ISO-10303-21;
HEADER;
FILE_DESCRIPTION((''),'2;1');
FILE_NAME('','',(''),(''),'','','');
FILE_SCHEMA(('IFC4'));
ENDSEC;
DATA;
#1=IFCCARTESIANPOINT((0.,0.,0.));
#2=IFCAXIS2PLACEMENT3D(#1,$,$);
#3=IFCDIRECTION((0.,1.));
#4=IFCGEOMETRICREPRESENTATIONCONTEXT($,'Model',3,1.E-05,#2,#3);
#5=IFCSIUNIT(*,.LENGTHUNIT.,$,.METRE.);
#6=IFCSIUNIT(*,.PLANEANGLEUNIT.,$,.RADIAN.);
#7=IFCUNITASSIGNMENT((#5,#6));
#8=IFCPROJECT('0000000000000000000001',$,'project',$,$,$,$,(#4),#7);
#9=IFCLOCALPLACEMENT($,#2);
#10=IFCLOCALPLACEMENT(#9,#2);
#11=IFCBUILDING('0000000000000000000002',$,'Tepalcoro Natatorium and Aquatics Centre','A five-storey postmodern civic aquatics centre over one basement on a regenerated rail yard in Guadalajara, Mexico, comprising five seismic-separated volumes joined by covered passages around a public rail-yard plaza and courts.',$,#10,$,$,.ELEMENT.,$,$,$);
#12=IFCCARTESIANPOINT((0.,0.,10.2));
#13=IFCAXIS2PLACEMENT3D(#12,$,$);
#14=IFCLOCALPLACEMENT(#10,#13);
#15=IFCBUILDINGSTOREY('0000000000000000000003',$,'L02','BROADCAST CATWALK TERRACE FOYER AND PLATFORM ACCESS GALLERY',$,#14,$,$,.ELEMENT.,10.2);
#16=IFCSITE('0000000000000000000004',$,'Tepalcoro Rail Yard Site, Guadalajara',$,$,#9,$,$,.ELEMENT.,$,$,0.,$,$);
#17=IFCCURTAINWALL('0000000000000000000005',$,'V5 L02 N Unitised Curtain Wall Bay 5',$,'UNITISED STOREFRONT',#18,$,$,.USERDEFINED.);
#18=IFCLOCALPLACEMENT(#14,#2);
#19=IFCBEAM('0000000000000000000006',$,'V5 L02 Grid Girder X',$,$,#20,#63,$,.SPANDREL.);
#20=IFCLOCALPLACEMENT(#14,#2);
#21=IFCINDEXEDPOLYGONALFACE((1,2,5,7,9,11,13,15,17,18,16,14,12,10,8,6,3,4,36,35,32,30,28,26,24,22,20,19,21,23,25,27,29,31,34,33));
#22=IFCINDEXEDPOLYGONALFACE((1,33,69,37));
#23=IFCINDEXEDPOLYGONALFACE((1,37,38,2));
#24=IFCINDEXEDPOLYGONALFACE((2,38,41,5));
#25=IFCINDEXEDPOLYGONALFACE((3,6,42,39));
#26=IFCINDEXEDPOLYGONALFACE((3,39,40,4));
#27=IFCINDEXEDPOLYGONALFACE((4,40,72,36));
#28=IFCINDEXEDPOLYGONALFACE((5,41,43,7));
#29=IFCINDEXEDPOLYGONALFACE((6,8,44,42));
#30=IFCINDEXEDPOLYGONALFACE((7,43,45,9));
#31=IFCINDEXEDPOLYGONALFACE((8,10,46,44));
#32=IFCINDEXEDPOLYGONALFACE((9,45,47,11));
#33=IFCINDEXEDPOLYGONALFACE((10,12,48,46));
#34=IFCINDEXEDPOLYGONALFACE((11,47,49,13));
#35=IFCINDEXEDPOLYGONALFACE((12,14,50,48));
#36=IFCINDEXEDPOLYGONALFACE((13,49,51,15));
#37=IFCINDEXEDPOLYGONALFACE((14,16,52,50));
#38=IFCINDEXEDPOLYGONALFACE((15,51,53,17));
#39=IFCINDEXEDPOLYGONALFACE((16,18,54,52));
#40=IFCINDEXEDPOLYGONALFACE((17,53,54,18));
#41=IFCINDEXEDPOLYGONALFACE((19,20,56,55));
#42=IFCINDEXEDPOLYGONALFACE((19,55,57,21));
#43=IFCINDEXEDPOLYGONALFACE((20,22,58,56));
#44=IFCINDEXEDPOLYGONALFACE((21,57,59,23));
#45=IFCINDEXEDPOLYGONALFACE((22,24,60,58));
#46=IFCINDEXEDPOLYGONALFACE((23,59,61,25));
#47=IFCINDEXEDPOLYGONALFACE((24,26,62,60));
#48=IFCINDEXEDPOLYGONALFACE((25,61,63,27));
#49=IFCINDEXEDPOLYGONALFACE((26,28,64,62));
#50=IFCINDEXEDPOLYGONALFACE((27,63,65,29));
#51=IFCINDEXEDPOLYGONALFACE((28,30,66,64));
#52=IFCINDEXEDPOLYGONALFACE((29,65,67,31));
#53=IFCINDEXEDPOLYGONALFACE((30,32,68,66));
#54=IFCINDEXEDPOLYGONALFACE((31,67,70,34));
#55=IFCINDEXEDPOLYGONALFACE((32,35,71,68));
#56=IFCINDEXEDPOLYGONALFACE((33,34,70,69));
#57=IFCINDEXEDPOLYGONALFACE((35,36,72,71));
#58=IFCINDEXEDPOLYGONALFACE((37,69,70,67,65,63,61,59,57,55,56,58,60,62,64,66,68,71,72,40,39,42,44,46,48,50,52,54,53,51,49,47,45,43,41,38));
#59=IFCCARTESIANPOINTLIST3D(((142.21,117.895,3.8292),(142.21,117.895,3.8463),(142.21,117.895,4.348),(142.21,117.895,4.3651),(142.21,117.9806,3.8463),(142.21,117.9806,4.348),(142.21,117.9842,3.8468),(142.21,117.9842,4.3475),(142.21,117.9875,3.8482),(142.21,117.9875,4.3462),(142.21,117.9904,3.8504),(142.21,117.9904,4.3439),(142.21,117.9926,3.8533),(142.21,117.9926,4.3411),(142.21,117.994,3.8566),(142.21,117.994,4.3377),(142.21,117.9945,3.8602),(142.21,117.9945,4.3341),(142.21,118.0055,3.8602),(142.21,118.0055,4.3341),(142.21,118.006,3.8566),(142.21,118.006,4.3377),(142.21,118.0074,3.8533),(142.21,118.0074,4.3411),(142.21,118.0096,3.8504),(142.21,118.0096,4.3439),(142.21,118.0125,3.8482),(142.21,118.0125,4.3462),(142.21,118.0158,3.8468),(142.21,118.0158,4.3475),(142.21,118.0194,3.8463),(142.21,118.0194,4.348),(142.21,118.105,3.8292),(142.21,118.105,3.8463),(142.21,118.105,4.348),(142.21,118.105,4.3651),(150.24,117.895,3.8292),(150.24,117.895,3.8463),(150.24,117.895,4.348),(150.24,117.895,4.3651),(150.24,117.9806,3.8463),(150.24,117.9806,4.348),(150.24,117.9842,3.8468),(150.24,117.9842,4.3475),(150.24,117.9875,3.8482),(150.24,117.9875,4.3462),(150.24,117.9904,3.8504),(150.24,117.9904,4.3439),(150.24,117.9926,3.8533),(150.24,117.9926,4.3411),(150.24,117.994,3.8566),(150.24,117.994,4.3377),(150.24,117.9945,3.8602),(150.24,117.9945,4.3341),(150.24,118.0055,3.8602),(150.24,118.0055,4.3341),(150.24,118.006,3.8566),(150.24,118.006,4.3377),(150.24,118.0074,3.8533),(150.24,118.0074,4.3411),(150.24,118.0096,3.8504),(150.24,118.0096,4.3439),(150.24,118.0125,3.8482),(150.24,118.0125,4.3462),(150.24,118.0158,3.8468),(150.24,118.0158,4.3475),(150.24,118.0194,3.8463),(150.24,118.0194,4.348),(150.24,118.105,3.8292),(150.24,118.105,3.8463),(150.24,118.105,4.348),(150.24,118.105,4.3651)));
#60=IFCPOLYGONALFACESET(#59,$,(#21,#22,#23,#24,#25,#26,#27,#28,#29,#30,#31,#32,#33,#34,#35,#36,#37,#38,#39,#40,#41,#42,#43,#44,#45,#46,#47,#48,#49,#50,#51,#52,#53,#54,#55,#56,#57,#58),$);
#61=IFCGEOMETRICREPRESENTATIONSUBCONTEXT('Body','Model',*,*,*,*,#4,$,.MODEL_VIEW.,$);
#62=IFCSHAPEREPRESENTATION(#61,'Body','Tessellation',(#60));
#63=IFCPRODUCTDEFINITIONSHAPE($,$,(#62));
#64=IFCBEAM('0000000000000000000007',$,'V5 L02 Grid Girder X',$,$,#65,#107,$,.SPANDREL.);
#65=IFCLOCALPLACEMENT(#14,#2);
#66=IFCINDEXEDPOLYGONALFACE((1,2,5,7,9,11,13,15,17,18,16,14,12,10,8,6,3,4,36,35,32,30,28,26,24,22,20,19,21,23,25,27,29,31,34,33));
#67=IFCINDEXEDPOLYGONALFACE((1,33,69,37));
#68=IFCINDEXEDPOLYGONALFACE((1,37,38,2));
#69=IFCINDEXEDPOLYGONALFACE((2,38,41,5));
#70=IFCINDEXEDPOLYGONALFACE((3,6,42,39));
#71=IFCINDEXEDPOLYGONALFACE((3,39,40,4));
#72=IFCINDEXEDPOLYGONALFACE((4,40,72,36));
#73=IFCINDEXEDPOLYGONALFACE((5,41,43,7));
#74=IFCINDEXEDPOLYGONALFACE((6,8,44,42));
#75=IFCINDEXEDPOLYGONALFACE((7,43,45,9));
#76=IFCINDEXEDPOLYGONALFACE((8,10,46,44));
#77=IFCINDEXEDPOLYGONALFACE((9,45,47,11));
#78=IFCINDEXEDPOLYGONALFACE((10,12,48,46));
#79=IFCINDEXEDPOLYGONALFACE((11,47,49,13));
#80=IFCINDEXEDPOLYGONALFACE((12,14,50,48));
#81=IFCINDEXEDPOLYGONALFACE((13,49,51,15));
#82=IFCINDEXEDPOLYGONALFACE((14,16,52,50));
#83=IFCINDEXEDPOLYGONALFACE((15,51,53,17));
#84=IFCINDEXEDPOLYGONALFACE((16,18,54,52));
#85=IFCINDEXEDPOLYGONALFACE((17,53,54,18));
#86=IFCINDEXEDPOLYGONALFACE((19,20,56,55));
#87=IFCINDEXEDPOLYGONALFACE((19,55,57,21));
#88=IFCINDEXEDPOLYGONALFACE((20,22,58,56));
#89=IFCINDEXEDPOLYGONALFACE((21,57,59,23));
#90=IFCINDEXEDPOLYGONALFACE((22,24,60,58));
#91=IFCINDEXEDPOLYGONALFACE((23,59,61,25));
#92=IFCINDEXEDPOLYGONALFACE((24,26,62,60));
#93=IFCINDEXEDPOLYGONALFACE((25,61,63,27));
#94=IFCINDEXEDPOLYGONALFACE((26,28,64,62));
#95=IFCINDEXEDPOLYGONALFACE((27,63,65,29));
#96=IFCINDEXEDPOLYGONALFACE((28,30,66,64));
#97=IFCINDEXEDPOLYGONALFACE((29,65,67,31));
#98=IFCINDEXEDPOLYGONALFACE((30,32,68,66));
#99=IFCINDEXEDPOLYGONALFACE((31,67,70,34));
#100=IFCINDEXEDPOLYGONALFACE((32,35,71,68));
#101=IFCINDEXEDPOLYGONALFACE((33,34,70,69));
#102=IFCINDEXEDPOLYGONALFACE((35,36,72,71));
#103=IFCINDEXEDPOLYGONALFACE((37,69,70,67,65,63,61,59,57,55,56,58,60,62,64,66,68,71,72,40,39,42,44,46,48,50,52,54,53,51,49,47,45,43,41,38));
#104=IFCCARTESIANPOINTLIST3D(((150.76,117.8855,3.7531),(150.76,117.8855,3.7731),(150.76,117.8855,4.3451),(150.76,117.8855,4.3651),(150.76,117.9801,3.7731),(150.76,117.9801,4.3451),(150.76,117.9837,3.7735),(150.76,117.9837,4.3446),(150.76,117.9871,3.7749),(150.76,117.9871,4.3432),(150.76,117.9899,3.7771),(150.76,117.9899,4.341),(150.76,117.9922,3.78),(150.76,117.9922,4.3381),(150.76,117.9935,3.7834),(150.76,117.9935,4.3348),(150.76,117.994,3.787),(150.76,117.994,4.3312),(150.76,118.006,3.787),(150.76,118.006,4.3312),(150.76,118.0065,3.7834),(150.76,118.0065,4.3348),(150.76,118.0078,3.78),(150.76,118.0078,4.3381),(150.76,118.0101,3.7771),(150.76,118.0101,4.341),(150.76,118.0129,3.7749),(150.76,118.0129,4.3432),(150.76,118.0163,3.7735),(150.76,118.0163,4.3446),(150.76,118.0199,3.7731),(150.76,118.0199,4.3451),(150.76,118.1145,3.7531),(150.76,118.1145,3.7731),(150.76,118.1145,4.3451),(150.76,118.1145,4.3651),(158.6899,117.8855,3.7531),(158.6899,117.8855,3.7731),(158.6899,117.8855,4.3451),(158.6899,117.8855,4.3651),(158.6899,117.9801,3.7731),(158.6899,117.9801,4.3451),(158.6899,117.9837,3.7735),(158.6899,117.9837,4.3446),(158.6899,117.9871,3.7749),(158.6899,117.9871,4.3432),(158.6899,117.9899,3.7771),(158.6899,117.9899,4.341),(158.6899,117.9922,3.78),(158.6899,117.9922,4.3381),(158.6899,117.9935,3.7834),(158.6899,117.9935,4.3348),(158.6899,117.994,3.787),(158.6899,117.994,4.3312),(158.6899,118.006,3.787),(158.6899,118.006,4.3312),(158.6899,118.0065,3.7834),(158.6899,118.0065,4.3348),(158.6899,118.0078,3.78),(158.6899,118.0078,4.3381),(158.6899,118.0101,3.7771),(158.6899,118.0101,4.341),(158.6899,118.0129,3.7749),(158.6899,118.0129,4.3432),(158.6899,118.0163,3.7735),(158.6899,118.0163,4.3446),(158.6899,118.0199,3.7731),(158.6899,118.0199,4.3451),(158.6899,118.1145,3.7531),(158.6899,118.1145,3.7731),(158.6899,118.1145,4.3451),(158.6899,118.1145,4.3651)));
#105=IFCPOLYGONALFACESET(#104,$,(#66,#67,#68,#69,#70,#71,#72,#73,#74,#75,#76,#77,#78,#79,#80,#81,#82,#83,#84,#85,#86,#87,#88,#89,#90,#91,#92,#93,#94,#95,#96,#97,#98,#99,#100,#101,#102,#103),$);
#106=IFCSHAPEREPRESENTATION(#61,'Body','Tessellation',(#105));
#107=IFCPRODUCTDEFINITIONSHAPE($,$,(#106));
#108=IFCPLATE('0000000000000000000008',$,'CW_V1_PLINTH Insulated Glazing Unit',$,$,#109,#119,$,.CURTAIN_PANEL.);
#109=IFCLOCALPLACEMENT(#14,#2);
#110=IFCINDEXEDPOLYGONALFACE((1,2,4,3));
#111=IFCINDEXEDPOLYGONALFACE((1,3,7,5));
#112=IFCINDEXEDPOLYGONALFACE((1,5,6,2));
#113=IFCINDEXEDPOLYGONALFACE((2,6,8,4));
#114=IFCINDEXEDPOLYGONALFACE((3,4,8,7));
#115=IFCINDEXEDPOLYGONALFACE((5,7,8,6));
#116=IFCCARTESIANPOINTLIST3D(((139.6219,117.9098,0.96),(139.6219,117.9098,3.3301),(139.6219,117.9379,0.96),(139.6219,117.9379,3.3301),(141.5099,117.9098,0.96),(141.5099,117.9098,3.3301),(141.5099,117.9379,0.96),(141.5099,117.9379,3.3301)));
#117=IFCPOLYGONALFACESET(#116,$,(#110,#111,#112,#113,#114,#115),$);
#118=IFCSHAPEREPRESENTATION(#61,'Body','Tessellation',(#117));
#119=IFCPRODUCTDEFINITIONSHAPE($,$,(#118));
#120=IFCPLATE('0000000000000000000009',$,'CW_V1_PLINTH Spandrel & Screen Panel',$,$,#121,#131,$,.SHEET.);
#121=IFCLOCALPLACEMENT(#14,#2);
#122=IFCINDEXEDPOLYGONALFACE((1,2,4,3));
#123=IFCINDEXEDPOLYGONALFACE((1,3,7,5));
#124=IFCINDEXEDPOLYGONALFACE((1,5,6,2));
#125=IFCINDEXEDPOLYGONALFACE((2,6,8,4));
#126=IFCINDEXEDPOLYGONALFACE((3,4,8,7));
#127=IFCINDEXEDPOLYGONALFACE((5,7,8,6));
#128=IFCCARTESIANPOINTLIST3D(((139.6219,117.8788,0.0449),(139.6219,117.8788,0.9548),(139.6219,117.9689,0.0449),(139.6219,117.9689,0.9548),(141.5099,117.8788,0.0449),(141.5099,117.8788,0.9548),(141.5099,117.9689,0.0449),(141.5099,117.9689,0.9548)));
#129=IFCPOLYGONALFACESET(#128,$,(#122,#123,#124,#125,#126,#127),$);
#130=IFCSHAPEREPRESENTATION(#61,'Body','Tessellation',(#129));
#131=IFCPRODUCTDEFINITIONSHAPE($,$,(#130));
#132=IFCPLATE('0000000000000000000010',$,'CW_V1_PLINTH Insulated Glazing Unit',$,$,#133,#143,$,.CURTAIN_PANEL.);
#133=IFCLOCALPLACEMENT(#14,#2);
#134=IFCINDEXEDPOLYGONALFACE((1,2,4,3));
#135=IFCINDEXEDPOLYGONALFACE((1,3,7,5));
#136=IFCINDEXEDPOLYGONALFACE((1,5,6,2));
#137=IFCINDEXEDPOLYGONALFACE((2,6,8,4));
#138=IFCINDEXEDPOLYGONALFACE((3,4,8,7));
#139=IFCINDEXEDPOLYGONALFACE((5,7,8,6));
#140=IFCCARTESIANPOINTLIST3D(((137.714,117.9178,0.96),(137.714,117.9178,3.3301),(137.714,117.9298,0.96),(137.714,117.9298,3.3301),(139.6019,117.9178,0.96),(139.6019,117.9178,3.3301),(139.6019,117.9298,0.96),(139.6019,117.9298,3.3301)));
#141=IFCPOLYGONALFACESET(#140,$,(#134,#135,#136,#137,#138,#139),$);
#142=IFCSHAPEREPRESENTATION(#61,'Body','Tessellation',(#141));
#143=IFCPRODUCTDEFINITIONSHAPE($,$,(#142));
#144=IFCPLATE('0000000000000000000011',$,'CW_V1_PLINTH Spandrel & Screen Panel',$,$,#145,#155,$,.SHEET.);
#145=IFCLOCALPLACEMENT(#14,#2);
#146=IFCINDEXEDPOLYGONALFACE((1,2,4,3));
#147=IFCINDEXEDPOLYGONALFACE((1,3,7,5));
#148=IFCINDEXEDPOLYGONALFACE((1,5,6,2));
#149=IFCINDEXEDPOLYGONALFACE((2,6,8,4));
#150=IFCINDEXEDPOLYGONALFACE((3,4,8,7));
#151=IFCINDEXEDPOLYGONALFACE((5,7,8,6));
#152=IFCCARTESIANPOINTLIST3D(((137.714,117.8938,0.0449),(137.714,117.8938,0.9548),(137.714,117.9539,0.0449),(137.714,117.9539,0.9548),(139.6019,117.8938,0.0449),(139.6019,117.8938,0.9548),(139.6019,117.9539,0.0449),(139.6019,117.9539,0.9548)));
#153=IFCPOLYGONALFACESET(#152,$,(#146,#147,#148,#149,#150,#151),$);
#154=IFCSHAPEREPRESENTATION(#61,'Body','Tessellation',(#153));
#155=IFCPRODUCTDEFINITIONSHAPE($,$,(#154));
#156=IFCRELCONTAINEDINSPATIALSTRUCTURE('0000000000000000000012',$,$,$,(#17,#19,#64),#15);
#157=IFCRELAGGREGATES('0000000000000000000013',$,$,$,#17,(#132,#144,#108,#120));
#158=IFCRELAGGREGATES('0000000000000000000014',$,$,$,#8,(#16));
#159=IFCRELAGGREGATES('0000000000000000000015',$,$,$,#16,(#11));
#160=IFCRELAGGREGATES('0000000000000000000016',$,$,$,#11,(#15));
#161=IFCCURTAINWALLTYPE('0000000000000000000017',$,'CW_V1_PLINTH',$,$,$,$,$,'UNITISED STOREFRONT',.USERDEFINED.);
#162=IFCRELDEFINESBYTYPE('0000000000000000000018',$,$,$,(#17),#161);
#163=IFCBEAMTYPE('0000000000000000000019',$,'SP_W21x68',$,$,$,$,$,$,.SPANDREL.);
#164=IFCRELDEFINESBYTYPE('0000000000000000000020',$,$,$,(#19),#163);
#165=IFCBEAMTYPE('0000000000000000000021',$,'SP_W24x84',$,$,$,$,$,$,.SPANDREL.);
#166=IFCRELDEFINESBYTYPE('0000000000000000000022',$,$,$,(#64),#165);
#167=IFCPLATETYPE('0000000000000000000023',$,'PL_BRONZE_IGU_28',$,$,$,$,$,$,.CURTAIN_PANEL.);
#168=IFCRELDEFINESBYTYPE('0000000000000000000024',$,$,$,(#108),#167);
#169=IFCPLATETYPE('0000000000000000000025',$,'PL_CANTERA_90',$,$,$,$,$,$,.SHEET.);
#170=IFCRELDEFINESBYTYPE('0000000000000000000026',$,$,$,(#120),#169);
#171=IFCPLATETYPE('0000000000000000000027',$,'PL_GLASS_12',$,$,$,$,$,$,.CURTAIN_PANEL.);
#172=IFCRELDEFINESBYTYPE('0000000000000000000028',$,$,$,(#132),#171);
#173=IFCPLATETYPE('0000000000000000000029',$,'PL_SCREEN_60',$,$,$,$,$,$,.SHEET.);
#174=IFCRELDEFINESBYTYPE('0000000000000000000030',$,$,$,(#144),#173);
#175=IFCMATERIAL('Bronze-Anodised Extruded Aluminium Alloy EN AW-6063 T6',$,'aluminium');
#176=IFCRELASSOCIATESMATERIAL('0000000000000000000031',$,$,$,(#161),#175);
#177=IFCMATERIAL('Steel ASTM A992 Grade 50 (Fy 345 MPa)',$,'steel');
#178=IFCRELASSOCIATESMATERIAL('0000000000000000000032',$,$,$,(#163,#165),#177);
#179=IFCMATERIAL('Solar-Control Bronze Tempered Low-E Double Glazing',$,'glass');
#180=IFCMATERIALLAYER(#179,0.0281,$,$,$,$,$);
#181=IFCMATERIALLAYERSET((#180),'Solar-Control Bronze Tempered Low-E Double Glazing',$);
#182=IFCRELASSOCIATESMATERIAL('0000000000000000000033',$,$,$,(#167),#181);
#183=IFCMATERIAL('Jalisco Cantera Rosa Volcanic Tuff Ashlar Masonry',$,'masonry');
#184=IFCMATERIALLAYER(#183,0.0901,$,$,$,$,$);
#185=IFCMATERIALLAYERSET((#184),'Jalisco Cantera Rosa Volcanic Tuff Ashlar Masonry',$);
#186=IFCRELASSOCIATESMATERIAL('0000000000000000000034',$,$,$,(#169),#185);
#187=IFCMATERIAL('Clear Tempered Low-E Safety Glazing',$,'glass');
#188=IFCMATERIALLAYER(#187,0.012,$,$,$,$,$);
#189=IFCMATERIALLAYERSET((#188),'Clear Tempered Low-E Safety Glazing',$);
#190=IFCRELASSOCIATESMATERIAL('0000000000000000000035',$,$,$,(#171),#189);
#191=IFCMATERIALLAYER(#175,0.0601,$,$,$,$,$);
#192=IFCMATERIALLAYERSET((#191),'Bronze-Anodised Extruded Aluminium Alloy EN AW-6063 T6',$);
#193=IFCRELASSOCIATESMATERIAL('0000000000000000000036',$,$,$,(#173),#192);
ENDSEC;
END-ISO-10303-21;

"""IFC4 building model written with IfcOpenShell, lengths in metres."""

from ifc_helpers import new_model, si_unit, direction, frame, origin, origin_2d, place, context, subcontext, project, spatial, rectangle, i_section, extrude, material, layer, layer_set, material_profile, profile_set, type_object, element, aggregate, save


model = new_model("IFC4")

# Units and contexts
model_context = context("Model", 3, precision=1e-05, world=origin(), true_north=direction((0.0, 1.0)))
body_context = subcontext(model_context, "Body", "Model", "MODEL_VIEW")
ifc_project = project(units=[si_unit("LENGTHUNIT", "METRE"), si_unit("PLANEANGLEUNIT", "RADIAN")], contexts=[model_context])

# Site, building, storey
site_placement = place(None, origin())
site = spatial("IfcSite", under=ifc_project, at=site_placement, Name="Tepalcoro Rail Yard Site, Guadalajara", CompositionType="ELEMENT", RefElevation=0.0)
building_placement = place(site_placement, origin())
building = spatial("IfcBuilding", under=site, at=building_placement, Name="Tepalcoro Natatorium and Aquatics Centre", Description="A five-storey postmodern civic aquatics centre over one basement on a regenerated rail yard in Guadalajara, Mexico, comprising five seismic-separated volumes joined by covered passages around a public rail-yard plaza and courts.", CompositionType="ELEMENT")
storey_placement = place(building_placement, frame((0.0, 0.0, 10.2)))
storey = spatial("IfcBuildingStorey", under=building, at=storey_placement, Name="L02", Description="BROADCAST CATWALK TERRACE FOYER AND PLATFORM ACCESS GALLERY", CompositionType="ELEMENT", Elevation=10.2)

# Shared definitions
ifc_material_1 = material(Name="Steel ASTM A992 Grade 50 (Fy 345 MPa)", Category="steel")

# Curtain wall
ifc_material_2 = material(Name="Bronze-Anodised Extruded Aluminium Alloy EN AW-6063 T6", Category="aluminium")
curtain_wall_type = type_object("IfcCurtainWallType", Name="CW_V1_PLINTH", ElementType="UNITISED STOREFRONT", PredefinedType="USERDEFINED", material=ifc_material_2)
curtain_wall_placement = place(storey_placement, origin())
curtain_wall = element("IfcCurtainWall", 1, at=curtain_wall_placement, inside=storey, type_object=curtain_wall_type, Name="V5 L02 N Unitised Curtain Wall Bay 5", ObjectType="UNITISED STOREFRONT", PredefinedType="USERDEFINED")

# Beams
ifc_material_profile_1 = material_profile(ifc_material_1, i_section(OverallWidth=0.21, OverallDepth=0.5359, WebThickness=0.011, FlangeThickness=0.0171, FilletRadius=0.0139, at=origin_2d()), Name="W21X68")
ifc_profile_set_1 = profile_set([ifc_material_profile_1], Name="Steel ASTM A992 Grade 50 (Fy 345 MPa)")
beam_type_1 = type_object("IfcBeamType", Name="SP_W21x68", PredefinedType="SPANDREL", material=ifc_profile_set_1)
beam_1_placement = place(storey_placement, frame((142.21, 118.0, 4.0972), z_axis=(1.0, 0.0, 0.0), x_axis=(0.0, 1.0, 0.0)))
element("IfcBeam", 2, at=beam_1_placement, inside=storey, type_object=beam_type_1, Name="V5 L02 Grid Girder X", PredefinedType="SPANDREL", context=body_context, shape_type="SweptSolid", body=[
    extrude(i_section(OverallWidth=0.21, OverallDepth=0.5359, WebThickness=0.011, FlangeThickness=0.0171, FilletRadius=0.0139, at=origin_2d()), origin(), (0.0, 0.0, 1.0), 8.03),
])
ifc_material_profile_2 = material_profile(ifc_material_1, i_section(OverallWidth=0.229, OverallDepth=0.6121, WebThickness=0.012, FlangeThickness=0.02, FilletRadius=0.0139, at=origin_2d()), Name="W24X84")
ifc_profile_set_2 = profile_set([ifc_material_profile_2], Name="Steel ASTM A992 Grade 50 (Fy 345 MPa)")
beam_type_2 = type_object("IfcBeamType", Name="SP_W24x84", PredefinedType="SPANDREL", material=ifc_profile_set_2)
beam_2_placement = place(storey_placement, frame((150.76, 118.0, 4.0591), z_axis=(1.0, 0.0, 0.0), x_axis=(0.0, 1.0, 0.0)))
element("IfcBeam", 3, at=beam_2_placement, inside=storey, type_object=beam_type_2, Name="V5 L02 Grid Girder X", PredefinedType="SPANDREL", context=body_context, shape_type="SweptSolid", body=[
    extrude(i_section(OverallWidth=0.229, OverallDepth=0.6121, WebThickness=0.012, FlangeThickness=0.02, FilletRadius=0.0139, at=origin_2d()), origin(), (0.0, 0.0, 1.0), 7.9299),
])

# Plates
ifc_material_3 = material(Name="Solar-Control Bronze Tempered Low-E Double Glazing", Category="glass")
ifc_layer_1 = layer(ifc_material_3, 0.0281)
ifc_layer_set_1 = layer_set([ifc_layer_1], Name="Solar-Control Bronze Tempered Low-E Double Glazing")
plate_type_1 = type_object("IfcPlateType", Name="PL_BRONZE_IGU_28", PredefinedType="CURTAIN_PANEL", material=ifc_layer_set_1)
plate_1_placement = place(storey_placement, frame((140.5659, 117.9238, 0.96), z_axis=(0.0, 0.0, 1.0), x_axis=(1.0, 0.0, 0.0)))
plate_1 = element("IfcPlate", 4, at=plate_1_placement, type_object=plate_type_1, Name="CW_V1_PLINTH Insulated Glazing Unit", PredefinedType="CURTAIN_PANEL", context=body_context, shape_type="SweptSolid", body=[
    extrude(rectangle(XDim=1.8879, YDim=0.0281, at=origin_2d()), origin(), (0.0, 0.0, 1.0), 2.3701),
])
ifc_material_4 = material(Name="Jalisco Cantera Rosa Volcanic Tuff Ashlar Masonry", Category="masonry")
ifc_layer_2 = layer(ifc_material_4, 0.0901)
ifc_layer_set_2 = layer_set([ifc_layer_2], Name="Jalisco Cantera Rosa Volcanic Tuff Ashlar Masonry")
plate_type_2 = type_object("IfcPlateType", Name="PL_CANTERA_90", PredefinedType="SHEET", material=ifc_layer_set_2)
plate_2_placement = place(storey_placement, frame((140.5659, 117.9238, 0.0449), z_axis=(0.0, 0.0, 1.0), x_axis=(1.0, 0.0, 0.0)))
plate_2 = element("IfcPlate", 5, at=plate_2_placement, type_object=plate_type_2, Name="CW_V1_PLINTH Spandrel & Screen Panel", PredefinedType="SHEET", context=body_context, shape_type="SweptSolid", body=[
    extrude(rectangle(XDim=1.8879, YDim=0.0901, at=origin_2d()), origin(), (0.0, 0.0, 1.0), 0.9099),
])
ifc_material_5 = material(Name="Clear Tempered Low-E Safety Glazing", Category="glass")
ifc_layer_3 = layer(ifc_material_5, 0.012)
ifc_layer_set_3 = layer_set([ifc_layer_3], Name="Clear Tempered Low-E Safety Glazing")
plate_type_3 = type_object("IfcPlateType", Name="PL_GLASS_12", PredefinedType="CURTAIN_PANEL", material=ifc_layer_set_3)
plate_3_placement = place(storey_placement, frame((138.658, 117.9238, 0.96), z_axis=(0.0, 0.0, 1.0), x_axis=(1.0, 0.0, 0.0)))
plate_3 = element("IfcPlate", 6, at=plate_3_placement, type_object=plate_type_3, Name="CW_V1_PLINTH Insulated Glazing Unit", PredefinedType="CURTAIN_PANEL", context=body_context, shape_type="SweptSolid", body=[
    extrude(rectangle(XDim=1.8879, YDim=0.012, at=origin_2d()), origin(), (0.0, 0.0, 1.0), 2.3701),
])
ifc_layer_4 = layer(ifc_material_2, 0.0601)
ifc_layer_set_4 = layer_set([ifc_layer_4], Name="Bronze-Anodised Extruded Aluminium Alloy EN AW-6063 T6")
plate_type_4 = type_object("IfcPlateType", Name="PL_SCREEN_60", PredefinedType="SHEET", material=ifc_layer_set_4)
plate_4_placement = place(storey_placement, frame((138.658, 117.9238, 0.0449), z_axis=(0.0, 0.0, 1.0), x_axis=(1.0, 0.0, 0.0)))
plate_4 = element("IfcPlate", 7, at=plate_4_placement, type_object=plate_type_4, Name="CW_V1_PLINTH Spandrel & Screen Panel", PredefinedType="SHEET", context=body_context, shape_type="SweptSolid", body=[
    extrude(rectangle(XDim=1.8879, YDim=0.0601, at=origin_2d()), origin(), (0.0, 0.0, 1.0), 0.9099),
])
aggregate(curtain_wall, [plate_3, plate_4, plate_1, plate_2])

save(model, "model.ifc")
